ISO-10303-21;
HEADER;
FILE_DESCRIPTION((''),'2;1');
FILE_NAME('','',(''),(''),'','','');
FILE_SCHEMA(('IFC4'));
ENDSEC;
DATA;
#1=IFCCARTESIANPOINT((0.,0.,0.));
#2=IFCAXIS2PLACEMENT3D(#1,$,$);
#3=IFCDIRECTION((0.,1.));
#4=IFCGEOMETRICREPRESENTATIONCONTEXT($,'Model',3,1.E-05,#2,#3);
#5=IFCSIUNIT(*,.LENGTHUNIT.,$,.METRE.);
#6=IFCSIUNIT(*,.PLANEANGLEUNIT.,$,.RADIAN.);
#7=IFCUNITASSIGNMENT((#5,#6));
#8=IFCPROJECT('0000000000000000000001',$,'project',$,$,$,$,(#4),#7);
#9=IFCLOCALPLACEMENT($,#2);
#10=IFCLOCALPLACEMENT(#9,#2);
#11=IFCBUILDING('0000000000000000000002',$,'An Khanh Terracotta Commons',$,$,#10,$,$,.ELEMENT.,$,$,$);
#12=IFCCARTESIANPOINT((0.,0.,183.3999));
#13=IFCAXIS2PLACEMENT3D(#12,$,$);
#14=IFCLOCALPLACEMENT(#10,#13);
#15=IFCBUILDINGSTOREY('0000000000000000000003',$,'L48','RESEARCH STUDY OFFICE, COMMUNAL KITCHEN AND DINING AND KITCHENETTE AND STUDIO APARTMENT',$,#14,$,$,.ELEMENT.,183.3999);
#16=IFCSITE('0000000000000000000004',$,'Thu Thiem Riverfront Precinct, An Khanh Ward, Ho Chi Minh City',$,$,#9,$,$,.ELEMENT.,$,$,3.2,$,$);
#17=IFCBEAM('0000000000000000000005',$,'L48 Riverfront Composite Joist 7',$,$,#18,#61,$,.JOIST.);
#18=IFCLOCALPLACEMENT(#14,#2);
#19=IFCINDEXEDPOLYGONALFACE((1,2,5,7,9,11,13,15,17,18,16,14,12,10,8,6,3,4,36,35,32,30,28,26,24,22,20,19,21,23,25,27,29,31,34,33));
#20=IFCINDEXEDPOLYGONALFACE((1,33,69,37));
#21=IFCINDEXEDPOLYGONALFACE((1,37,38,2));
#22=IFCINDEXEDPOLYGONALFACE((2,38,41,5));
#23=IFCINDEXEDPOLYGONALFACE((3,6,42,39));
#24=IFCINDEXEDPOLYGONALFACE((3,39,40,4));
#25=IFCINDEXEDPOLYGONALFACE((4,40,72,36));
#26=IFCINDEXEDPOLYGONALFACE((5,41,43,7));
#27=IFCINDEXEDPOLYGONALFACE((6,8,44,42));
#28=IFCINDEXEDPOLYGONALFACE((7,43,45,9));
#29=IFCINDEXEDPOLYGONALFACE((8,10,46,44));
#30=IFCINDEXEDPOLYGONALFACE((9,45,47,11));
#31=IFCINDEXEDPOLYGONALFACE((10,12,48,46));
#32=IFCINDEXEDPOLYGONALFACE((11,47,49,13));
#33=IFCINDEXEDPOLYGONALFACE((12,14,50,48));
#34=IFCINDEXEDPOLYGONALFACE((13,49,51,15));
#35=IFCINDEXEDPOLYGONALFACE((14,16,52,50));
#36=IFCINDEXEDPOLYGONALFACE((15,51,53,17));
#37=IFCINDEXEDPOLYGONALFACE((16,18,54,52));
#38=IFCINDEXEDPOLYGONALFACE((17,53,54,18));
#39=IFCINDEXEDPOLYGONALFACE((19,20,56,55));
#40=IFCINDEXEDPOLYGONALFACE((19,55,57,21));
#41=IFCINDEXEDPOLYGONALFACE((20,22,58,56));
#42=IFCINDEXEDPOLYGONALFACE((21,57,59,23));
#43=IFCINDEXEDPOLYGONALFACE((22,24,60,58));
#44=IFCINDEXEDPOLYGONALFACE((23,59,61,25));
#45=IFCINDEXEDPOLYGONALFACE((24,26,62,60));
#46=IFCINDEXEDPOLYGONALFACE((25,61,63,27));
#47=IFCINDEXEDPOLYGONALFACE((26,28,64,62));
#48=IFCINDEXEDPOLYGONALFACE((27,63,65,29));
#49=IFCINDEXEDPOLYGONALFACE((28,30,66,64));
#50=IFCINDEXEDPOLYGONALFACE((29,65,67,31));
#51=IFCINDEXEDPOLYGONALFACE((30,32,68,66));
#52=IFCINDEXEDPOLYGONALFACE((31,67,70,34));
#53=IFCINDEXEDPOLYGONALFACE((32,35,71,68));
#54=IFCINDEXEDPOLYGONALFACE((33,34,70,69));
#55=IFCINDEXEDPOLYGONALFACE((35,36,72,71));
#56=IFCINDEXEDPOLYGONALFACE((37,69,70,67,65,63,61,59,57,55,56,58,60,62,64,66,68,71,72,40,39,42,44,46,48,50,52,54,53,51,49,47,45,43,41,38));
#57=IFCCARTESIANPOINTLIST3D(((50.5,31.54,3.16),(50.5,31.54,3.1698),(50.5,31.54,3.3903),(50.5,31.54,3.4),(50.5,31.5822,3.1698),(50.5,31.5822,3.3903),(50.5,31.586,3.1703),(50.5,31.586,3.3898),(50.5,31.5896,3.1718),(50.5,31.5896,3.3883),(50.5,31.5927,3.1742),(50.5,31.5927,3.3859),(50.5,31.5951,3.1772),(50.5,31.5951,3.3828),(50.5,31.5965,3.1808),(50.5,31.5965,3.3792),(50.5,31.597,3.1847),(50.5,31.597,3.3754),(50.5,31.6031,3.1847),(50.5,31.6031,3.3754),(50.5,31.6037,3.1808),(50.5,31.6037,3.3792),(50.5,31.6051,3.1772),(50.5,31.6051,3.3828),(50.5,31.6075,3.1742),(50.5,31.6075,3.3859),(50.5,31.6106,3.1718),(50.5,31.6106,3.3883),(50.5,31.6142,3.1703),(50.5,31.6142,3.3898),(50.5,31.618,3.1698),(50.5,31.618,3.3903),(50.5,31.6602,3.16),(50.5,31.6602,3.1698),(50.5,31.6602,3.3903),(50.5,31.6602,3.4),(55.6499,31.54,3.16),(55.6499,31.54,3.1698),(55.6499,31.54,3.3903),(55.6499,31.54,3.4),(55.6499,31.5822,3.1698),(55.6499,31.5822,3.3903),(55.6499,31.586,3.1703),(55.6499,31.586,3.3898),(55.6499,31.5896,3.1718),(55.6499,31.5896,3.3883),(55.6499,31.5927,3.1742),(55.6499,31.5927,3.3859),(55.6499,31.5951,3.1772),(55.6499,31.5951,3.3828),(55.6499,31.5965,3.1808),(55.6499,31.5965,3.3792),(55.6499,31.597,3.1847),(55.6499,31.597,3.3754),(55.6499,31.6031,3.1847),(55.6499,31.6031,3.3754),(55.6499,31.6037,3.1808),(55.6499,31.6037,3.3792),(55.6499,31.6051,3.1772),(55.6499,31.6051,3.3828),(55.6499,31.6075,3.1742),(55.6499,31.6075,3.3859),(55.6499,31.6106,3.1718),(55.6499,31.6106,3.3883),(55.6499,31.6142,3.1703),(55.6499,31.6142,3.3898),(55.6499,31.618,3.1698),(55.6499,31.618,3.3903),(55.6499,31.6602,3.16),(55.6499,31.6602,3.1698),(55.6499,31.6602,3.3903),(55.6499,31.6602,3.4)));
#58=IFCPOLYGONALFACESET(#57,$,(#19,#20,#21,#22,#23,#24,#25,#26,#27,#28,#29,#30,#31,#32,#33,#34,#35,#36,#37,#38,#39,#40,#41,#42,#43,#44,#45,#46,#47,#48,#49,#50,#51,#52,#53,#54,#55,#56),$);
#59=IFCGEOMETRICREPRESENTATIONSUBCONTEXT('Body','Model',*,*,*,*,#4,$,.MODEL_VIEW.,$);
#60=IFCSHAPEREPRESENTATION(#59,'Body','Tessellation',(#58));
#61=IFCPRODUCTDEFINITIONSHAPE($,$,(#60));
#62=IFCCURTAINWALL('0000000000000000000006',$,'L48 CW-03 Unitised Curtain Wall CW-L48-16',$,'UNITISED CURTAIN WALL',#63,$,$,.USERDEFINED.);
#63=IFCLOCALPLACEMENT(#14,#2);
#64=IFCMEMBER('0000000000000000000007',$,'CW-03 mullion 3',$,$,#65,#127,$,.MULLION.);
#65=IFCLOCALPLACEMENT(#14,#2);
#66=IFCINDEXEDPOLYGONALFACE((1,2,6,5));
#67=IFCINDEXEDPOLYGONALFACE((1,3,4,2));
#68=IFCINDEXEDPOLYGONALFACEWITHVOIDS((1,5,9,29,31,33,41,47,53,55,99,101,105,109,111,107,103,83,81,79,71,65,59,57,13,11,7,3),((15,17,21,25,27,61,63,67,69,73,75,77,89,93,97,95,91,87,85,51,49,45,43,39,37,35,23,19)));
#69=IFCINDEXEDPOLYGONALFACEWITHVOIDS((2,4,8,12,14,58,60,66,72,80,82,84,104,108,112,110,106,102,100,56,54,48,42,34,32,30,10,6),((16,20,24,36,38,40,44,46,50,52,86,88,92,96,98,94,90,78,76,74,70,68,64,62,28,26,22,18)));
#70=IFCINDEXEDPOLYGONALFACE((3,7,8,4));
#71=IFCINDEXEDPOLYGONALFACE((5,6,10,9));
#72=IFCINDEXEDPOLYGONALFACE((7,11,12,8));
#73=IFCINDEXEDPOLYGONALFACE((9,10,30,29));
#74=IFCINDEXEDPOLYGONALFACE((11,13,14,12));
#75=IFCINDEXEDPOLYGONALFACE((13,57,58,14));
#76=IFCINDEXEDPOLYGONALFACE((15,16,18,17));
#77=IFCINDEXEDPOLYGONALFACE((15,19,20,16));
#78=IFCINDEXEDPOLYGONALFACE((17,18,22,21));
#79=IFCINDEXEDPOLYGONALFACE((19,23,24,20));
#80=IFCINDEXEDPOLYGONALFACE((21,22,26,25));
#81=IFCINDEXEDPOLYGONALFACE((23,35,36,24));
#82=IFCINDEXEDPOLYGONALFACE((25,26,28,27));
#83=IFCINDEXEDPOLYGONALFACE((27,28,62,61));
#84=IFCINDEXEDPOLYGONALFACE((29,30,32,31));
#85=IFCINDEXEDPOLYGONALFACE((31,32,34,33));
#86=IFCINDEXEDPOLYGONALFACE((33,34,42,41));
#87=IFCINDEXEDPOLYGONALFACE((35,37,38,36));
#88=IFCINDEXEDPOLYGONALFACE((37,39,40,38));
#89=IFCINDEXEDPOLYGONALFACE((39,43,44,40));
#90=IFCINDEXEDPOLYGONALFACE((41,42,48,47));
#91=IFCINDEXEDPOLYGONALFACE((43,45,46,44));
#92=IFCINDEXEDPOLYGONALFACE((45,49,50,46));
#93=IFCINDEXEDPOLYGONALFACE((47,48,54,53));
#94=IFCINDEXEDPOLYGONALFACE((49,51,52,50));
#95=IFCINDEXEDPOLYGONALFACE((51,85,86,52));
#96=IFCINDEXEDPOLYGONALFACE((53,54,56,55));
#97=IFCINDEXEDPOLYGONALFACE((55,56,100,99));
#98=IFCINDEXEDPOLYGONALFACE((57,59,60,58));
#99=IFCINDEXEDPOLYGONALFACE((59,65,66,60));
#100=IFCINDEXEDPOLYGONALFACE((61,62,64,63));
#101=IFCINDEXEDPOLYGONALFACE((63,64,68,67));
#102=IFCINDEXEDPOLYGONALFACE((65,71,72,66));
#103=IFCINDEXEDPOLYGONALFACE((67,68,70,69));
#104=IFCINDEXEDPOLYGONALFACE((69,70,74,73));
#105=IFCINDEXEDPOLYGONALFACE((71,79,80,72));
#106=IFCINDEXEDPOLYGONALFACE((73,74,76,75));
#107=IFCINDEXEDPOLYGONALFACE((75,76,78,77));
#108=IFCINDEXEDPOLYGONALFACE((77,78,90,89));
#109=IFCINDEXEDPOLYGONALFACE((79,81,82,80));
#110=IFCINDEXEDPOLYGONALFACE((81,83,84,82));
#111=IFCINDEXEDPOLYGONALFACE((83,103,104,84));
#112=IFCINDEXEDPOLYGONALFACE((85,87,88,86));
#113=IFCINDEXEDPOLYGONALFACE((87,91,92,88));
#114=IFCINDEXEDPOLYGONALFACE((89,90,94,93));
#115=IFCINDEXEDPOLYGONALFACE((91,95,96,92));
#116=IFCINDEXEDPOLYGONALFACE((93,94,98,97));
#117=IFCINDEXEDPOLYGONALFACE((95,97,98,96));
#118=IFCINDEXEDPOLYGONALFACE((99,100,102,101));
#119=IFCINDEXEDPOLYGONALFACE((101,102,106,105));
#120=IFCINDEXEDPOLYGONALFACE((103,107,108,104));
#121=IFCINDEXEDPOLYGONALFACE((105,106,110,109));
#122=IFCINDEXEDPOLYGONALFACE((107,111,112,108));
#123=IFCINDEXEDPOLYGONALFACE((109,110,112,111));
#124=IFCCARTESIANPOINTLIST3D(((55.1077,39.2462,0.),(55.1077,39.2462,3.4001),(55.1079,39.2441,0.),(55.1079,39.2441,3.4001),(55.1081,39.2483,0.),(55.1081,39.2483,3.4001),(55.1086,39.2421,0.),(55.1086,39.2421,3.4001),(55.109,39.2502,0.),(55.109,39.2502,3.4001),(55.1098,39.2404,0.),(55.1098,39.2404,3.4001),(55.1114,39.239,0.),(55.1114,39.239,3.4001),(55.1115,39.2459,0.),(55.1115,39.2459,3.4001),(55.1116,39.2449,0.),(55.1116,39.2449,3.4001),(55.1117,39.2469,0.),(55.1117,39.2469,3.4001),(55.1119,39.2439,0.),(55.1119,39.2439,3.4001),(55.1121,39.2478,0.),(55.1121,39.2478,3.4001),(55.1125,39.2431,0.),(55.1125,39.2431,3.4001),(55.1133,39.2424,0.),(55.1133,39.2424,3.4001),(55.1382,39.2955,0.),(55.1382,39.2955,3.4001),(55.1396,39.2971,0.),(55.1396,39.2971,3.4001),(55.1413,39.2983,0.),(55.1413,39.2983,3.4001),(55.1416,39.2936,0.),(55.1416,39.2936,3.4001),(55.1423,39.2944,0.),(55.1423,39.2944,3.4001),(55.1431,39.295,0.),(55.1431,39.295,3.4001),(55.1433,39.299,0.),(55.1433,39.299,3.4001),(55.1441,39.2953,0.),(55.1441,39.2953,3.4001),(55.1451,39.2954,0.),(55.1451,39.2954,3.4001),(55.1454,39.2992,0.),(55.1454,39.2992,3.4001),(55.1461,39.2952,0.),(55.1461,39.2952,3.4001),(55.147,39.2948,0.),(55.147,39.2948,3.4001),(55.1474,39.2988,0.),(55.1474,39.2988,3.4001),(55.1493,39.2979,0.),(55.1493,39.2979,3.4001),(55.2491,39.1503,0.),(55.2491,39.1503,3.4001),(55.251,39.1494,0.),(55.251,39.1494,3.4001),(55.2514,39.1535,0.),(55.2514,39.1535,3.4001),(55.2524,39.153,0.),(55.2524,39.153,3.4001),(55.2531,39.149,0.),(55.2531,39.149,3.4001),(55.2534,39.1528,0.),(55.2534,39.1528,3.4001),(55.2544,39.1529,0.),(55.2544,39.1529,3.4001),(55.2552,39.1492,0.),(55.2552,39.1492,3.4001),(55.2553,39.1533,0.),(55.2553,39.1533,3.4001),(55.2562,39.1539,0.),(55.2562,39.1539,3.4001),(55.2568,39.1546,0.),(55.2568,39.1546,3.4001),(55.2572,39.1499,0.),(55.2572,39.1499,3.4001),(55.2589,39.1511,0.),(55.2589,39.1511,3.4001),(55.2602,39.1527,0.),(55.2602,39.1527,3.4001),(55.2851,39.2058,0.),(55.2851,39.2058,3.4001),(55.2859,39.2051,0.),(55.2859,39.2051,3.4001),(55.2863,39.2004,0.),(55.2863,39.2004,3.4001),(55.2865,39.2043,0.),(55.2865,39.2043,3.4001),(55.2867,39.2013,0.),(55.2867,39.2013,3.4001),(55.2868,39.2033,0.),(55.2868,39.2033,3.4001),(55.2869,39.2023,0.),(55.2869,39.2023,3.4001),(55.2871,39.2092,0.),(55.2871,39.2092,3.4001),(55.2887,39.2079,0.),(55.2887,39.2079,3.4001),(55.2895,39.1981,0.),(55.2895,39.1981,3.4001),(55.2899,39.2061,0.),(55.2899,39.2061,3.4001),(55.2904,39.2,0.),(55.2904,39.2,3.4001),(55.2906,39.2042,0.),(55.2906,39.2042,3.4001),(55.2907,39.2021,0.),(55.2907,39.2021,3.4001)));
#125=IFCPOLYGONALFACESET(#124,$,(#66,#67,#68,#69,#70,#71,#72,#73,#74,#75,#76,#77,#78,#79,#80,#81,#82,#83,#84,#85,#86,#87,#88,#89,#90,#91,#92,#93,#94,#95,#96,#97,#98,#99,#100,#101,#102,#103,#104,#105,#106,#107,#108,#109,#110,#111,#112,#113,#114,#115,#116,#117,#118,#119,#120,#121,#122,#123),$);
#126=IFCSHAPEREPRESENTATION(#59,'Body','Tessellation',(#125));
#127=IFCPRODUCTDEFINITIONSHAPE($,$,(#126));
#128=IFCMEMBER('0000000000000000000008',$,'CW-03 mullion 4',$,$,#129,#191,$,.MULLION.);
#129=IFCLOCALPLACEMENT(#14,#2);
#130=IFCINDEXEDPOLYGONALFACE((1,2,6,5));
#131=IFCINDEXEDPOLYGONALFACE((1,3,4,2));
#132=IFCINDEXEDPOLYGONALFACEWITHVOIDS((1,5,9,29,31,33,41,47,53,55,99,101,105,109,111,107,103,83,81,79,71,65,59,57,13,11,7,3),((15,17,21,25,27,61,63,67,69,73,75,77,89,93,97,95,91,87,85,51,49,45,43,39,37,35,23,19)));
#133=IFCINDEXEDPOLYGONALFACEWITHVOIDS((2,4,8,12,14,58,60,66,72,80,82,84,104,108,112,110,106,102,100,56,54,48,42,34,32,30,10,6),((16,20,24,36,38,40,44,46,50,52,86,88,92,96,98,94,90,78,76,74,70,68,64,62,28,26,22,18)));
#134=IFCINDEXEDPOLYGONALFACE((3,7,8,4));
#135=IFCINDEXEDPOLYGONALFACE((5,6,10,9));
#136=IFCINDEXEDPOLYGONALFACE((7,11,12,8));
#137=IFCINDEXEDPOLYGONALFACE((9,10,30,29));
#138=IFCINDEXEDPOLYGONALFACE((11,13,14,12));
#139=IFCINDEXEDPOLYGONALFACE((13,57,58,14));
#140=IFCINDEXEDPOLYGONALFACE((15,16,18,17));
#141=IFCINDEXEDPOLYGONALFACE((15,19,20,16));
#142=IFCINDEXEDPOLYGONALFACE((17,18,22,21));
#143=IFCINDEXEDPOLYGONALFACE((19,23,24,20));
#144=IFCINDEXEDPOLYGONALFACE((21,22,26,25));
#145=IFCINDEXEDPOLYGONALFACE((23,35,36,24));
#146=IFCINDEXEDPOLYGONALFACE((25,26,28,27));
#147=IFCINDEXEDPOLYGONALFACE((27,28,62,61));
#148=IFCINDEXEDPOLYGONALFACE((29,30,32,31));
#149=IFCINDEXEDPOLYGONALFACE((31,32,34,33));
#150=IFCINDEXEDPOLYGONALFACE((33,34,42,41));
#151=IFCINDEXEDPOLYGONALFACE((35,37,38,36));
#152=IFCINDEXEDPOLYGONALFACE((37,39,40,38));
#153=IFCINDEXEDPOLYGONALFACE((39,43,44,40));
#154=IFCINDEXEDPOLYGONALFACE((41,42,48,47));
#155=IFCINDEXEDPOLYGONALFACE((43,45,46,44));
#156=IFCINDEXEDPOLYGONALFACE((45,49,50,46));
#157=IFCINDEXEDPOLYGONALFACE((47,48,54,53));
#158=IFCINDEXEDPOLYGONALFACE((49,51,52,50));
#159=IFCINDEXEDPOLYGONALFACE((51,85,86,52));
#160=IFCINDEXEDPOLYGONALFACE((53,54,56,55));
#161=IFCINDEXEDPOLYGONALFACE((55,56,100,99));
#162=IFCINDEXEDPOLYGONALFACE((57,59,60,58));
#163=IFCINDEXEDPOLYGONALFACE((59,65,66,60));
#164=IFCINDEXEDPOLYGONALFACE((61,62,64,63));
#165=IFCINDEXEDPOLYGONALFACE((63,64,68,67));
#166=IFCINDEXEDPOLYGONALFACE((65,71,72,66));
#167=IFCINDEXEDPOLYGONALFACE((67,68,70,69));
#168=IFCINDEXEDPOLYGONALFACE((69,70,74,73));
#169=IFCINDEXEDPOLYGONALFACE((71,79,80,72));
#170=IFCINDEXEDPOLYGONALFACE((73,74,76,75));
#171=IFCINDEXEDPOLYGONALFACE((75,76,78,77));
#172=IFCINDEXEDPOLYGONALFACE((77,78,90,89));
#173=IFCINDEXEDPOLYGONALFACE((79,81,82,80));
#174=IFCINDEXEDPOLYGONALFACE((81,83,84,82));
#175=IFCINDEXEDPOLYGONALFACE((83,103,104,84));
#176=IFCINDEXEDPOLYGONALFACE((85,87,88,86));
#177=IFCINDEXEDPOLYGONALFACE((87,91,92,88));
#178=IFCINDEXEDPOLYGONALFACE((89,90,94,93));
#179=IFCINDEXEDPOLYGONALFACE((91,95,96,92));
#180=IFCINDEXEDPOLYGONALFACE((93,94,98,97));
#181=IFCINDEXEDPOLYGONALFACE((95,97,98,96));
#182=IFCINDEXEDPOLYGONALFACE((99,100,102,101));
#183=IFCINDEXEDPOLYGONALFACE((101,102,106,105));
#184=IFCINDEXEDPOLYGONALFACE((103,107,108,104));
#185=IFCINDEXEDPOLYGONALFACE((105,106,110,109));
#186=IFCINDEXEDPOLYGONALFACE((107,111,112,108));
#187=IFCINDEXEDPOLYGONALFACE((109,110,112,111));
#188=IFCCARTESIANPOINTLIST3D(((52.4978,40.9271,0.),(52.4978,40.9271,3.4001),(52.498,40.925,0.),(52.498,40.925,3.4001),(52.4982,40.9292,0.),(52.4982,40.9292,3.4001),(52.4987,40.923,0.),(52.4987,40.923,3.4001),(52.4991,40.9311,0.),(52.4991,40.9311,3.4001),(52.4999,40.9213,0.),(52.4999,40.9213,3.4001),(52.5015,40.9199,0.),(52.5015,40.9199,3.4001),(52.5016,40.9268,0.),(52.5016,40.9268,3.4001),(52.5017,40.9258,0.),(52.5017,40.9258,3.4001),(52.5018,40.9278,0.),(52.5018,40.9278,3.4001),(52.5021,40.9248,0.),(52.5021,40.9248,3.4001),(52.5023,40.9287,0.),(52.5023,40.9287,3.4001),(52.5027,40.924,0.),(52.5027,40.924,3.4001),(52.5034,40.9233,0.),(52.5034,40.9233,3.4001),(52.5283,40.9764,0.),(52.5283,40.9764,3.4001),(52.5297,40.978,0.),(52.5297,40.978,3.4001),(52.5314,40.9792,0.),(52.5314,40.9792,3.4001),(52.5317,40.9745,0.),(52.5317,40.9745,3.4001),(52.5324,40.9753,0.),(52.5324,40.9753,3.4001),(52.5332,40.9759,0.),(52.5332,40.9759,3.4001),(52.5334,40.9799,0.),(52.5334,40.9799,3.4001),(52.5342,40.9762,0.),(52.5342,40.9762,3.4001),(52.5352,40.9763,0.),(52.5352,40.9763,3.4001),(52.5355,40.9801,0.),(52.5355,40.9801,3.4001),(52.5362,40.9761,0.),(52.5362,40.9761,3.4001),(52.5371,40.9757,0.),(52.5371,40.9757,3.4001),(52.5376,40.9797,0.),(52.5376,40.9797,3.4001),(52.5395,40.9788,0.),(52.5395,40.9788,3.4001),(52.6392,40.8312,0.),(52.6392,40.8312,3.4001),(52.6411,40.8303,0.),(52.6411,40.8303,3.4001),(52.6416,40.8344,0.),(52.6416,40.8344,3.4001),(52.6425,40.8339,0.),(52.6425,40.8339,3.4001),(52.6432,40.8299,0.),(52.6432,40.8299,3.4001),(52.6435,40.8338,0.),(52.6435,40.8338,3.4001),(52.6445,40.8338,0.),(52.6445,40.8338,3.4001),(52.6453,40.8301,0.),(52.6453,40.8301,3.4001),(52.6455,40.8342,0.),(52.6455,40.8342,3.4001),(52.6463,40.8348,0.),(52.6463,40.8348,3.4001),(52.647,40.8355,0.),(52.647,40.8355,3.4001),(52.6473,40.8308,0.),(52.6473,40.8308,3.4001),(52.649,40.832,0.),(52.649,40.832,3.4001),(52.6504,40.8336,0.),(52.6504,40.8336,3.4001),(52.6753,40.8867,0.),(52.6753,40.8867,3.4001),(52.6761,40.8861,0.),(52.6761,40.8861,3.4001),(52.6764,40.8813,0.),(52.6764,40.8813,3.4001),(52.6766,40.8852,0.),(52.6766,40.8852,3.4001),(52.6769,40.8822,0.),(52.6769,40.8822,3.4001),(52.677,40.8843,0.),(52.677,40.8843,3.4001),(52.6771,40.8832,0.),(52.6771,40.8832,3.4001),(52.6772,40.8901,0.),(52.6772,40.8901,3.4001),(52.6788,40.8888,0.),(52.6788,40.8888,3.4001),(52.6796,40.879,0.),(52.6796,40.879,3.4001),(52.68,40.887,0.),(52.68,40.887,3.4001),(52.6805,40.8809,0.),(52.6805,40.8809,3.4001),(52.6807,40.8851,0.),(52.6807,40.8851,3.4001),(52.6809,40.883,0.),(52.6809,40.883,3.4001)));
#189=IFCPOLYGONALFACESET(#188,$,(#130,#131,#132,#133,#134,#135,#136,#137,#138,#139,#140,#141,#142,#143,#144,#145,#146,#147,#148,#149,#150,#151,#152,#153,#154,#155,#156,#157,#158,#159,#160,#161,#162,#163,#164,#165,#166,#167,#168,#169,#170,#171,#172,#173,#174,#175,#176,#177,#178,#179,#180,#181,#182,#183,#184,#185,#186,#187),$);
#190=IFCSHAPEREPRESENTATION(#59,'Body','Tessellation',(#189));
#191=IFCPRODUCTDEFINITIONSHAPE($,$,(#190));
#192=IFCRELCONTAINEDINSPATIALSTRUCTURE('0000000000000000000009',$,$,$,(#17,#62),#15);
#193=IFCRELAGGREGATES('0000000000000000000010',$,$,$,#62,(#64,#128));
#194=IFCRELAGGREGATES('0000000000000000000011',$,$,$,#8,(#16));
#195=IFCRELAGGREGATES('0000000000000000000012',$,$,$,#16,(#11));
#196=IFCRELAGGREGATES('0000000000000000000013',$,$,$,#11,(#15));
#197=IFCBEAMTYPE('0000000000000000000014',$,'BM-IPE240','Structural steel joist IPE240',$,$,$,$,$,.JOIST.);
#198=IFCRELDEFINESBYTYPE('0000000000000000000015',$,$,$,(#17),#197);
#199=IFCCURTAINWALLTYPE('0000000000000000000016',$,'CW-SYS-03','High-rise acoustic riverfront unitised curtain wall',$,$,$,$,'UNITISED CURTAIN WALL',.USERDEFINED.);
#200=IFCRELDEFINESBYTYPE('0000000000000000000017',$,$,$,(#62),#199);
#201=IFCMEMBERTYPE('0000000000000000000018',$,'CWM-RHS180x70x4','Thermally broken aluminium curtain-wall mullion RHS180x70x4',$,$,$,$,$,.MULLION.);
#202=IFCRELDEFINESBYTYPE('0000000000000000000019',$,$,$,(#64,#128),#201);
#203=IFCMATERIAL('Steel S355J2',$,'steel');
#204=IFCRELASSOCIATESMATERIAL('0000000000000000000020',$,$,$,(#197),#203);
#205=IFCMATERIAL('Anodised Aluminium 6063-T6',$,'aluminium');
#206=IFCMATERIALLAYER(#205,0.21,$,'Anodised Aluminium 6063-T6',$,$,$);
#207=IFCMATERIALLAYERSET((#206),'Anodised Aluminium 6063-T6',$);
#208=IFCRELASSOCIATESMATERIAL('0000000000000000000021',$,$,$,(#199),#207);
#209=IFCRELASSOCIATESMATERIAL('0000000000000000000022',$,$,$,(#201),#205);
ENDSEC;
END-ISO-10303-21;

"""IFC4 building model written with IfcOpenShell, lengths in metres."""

from ifc_helpers import new_model, si_unit, direction, frame, origin, origin_2d, place, context, subcontext, project, spatial, hollow_rectangle, i_section, extrude, material, layer, layer_set, material_profile, profile_set, type_object, element, aggregate, save


model = new_model("IFC4")

# Units and contexts
model_context = context("Model", 3, precision=1e-05, world=origin(), true_north=direction((0.0, 1.0)))
body_context = subcontext(model_context, "Body", "Model", "MODEL_VIEW")
ifc_project = project(units=[si_unit("LENGTHUNIT", "METRE"), si_unit("PLANEANGLEUNIT", "RADIAN")], contexts=[model_context])

# Site, building, storey
site_placement = place(None, origin())
site = spatial("IfcSite", under=ifc_project, at=site_placement, Name="Thu Thiem Riverfront Precinct, An Khanh Ward, Ho Chi Minh City", CompositionType="ELEMENT", RefElevation=3.2)
building_placement = place(site_placement, origin())
building = spatial("IfcBuilding", under=site, at=building_placement, Name="An Khanh Terracotta Commons", CompositionType="ELEMENT")
storey_placement = place(building_placement, frame((0.0, 0.0, 183.3999)))
storey = spatial("IfcBuildingStorey", under=building, at=storey_placement, Name="L48", Description="RESEARCH STUDY OFFICE, COMMUNAL KITCHEN AND DINING AND KITCHENETTE AND STUDIO APARTMENT", CompositionType="ELEMENT", Elevation=183.3999)

# Beam
ifc_material_1 = material(Name="Steel S355J2", Category="steel")
ifc_material_profile_1 = material_profile(ifc_material_1, i_section(OverallWidth=0.1201, OverallDepth=0.24, WebThickness=0.0061, FlangeThickness=0.0098, FilletRadius=0.0149, at=origin_2d()), Name="IPE240")
ifc_profile_set_1 = profile_set([ifc_material_profile_1], Name="Steel S355J2")
beam_type_1 = type_object("IfcBeamType", Name="BM-IPE240", Description="Structural steel joist IPE240", PredefinedType="JOIST", material=ifc_profile_set_1)
beam_1_placement = place(storey_placement, frame((50.5, 31.6001, 3.28), z_axis=(1.0, 0.0, 0.0), x_axis=(0.0, 1.0, 0.0)))
element("IfcBeam", 1, at=beam_1_placement, inside=storey, type_object=beam_type_1, Name="L48 Riverfront Composite Joist 7", PredefinedType="JOIST", context=body_context, shape_type="SweptSolid", body=[
    extrude(i_section(OverallWidth=0.1201, OverallDepth=0.24, WebThickness=0.0061, FlangeThickness=0.0098, FilletRadius=0.0149, at=origin_2d()), origin(), (0.0, 0.0, 1.0), 5.1499),
])

# Curtain wall, members
ifc_material_2 = material(Name="Anodised Aluminium 6063-T6", Category="aluminium")
ifc_layer_1 = layer(ifc_material_2, 0.21, Name="Anodised Aluminium 6063-T6")
ifc_layer_set_1 = layer_set([ifc_layer_1], Name="Anodised Aluminium 6063-T6")
curtain_wall_type = type_object("IfcCurtainWallType", Name="CW-SYS-03", Description="High-rise acoustic riverfront unitised curtain wall", ElementType="UNITISED CURTAIN WALL", PredefinedType="USERDEFINED", material=ifc_layer_set_1)
curtain_wall_placement = place(storey_placement, origin())
curtain_wall = element("IfcCurtainWall", 2, at=curtain_wall_placement, inside=storey, type_object=curtain_wall_type, Name="L48 CW-03 Unitised Curtain Wall CW-L48-16", ObjectType="UNITISED CURTAIN WALL", PredefinedType="USERDEFINED")
ifc_material_profile_2 = material_profile(ifc_material_2, hollow_rectangle(XDim=0.0701, YDim=0.1799, WallThickness=0.0039, InnerFilletRadius=0.0039, OuterFilletRadius=0.0081, at=origin_2d()), Name="RHS180x70x4")
ifc_profile_set_2 = profile_set([ifc_material_profile_2], Name="Anodised Aluminium 6063-T6")
member_type_1 = type_object("IfcMemberType", Name="CWM-RHS180x70x4", Description="Thermally broken aluminium curtain-wall mullion RHS180x70x4", PredefinedType="MULLION", material=ifc_profile_set_2)
member_1_placement = place(storey_placement, frame((55.1992, 39.2241, 0.0), z_axis=(0.0, 0.0, 1.0), x_axis=(-0.541498, -0.840702, 0.0)))
member_1 = element("IfcMember", 3, at=member_1_placement, type_object=member_type_1, Name="CW-03 mullion 3", PredefinedType="MULLION", context=body_context, shape_type="SweptSolid", body=[
    extrude(hollow_rectangle(XDim=0.0701, YDim=0.1799, WallThickness=0.0039, InnerFilletRadius=0.0039, OuterFilletRadius=0.0081, at=origin_2d()), origin(), (0.0, 0.0, 1.0), 3.4001),
])
member_2_placement = place(storey_placement, frame((52.5894, 40.905, 0.0), z_axis=(0.0, 0.0, 1.0), x_axis=(-0.541498, -0.840702, 0.0)))
member_2 = element("IfcMember", 4, at=member_2_placement, type_object=member_type_1, Name="CW-03 mullion 4", PredefinedType="MULLION", context=body_context, shape_type="SweptSolid", body=[
    extrude(hollow_rectangle(XDim=0.0701, YDim=0.1799, WallThickness=0.0039, InnerFilletRadius=0.0039, OuterFilletRadius=0.0081, at=origin_2d()), origin(), (0.0, 0.0, 1.0), 3.4001),
])
aggregate(curtain_wall, [member_1, member_2])

save(model, "model.ifc")
